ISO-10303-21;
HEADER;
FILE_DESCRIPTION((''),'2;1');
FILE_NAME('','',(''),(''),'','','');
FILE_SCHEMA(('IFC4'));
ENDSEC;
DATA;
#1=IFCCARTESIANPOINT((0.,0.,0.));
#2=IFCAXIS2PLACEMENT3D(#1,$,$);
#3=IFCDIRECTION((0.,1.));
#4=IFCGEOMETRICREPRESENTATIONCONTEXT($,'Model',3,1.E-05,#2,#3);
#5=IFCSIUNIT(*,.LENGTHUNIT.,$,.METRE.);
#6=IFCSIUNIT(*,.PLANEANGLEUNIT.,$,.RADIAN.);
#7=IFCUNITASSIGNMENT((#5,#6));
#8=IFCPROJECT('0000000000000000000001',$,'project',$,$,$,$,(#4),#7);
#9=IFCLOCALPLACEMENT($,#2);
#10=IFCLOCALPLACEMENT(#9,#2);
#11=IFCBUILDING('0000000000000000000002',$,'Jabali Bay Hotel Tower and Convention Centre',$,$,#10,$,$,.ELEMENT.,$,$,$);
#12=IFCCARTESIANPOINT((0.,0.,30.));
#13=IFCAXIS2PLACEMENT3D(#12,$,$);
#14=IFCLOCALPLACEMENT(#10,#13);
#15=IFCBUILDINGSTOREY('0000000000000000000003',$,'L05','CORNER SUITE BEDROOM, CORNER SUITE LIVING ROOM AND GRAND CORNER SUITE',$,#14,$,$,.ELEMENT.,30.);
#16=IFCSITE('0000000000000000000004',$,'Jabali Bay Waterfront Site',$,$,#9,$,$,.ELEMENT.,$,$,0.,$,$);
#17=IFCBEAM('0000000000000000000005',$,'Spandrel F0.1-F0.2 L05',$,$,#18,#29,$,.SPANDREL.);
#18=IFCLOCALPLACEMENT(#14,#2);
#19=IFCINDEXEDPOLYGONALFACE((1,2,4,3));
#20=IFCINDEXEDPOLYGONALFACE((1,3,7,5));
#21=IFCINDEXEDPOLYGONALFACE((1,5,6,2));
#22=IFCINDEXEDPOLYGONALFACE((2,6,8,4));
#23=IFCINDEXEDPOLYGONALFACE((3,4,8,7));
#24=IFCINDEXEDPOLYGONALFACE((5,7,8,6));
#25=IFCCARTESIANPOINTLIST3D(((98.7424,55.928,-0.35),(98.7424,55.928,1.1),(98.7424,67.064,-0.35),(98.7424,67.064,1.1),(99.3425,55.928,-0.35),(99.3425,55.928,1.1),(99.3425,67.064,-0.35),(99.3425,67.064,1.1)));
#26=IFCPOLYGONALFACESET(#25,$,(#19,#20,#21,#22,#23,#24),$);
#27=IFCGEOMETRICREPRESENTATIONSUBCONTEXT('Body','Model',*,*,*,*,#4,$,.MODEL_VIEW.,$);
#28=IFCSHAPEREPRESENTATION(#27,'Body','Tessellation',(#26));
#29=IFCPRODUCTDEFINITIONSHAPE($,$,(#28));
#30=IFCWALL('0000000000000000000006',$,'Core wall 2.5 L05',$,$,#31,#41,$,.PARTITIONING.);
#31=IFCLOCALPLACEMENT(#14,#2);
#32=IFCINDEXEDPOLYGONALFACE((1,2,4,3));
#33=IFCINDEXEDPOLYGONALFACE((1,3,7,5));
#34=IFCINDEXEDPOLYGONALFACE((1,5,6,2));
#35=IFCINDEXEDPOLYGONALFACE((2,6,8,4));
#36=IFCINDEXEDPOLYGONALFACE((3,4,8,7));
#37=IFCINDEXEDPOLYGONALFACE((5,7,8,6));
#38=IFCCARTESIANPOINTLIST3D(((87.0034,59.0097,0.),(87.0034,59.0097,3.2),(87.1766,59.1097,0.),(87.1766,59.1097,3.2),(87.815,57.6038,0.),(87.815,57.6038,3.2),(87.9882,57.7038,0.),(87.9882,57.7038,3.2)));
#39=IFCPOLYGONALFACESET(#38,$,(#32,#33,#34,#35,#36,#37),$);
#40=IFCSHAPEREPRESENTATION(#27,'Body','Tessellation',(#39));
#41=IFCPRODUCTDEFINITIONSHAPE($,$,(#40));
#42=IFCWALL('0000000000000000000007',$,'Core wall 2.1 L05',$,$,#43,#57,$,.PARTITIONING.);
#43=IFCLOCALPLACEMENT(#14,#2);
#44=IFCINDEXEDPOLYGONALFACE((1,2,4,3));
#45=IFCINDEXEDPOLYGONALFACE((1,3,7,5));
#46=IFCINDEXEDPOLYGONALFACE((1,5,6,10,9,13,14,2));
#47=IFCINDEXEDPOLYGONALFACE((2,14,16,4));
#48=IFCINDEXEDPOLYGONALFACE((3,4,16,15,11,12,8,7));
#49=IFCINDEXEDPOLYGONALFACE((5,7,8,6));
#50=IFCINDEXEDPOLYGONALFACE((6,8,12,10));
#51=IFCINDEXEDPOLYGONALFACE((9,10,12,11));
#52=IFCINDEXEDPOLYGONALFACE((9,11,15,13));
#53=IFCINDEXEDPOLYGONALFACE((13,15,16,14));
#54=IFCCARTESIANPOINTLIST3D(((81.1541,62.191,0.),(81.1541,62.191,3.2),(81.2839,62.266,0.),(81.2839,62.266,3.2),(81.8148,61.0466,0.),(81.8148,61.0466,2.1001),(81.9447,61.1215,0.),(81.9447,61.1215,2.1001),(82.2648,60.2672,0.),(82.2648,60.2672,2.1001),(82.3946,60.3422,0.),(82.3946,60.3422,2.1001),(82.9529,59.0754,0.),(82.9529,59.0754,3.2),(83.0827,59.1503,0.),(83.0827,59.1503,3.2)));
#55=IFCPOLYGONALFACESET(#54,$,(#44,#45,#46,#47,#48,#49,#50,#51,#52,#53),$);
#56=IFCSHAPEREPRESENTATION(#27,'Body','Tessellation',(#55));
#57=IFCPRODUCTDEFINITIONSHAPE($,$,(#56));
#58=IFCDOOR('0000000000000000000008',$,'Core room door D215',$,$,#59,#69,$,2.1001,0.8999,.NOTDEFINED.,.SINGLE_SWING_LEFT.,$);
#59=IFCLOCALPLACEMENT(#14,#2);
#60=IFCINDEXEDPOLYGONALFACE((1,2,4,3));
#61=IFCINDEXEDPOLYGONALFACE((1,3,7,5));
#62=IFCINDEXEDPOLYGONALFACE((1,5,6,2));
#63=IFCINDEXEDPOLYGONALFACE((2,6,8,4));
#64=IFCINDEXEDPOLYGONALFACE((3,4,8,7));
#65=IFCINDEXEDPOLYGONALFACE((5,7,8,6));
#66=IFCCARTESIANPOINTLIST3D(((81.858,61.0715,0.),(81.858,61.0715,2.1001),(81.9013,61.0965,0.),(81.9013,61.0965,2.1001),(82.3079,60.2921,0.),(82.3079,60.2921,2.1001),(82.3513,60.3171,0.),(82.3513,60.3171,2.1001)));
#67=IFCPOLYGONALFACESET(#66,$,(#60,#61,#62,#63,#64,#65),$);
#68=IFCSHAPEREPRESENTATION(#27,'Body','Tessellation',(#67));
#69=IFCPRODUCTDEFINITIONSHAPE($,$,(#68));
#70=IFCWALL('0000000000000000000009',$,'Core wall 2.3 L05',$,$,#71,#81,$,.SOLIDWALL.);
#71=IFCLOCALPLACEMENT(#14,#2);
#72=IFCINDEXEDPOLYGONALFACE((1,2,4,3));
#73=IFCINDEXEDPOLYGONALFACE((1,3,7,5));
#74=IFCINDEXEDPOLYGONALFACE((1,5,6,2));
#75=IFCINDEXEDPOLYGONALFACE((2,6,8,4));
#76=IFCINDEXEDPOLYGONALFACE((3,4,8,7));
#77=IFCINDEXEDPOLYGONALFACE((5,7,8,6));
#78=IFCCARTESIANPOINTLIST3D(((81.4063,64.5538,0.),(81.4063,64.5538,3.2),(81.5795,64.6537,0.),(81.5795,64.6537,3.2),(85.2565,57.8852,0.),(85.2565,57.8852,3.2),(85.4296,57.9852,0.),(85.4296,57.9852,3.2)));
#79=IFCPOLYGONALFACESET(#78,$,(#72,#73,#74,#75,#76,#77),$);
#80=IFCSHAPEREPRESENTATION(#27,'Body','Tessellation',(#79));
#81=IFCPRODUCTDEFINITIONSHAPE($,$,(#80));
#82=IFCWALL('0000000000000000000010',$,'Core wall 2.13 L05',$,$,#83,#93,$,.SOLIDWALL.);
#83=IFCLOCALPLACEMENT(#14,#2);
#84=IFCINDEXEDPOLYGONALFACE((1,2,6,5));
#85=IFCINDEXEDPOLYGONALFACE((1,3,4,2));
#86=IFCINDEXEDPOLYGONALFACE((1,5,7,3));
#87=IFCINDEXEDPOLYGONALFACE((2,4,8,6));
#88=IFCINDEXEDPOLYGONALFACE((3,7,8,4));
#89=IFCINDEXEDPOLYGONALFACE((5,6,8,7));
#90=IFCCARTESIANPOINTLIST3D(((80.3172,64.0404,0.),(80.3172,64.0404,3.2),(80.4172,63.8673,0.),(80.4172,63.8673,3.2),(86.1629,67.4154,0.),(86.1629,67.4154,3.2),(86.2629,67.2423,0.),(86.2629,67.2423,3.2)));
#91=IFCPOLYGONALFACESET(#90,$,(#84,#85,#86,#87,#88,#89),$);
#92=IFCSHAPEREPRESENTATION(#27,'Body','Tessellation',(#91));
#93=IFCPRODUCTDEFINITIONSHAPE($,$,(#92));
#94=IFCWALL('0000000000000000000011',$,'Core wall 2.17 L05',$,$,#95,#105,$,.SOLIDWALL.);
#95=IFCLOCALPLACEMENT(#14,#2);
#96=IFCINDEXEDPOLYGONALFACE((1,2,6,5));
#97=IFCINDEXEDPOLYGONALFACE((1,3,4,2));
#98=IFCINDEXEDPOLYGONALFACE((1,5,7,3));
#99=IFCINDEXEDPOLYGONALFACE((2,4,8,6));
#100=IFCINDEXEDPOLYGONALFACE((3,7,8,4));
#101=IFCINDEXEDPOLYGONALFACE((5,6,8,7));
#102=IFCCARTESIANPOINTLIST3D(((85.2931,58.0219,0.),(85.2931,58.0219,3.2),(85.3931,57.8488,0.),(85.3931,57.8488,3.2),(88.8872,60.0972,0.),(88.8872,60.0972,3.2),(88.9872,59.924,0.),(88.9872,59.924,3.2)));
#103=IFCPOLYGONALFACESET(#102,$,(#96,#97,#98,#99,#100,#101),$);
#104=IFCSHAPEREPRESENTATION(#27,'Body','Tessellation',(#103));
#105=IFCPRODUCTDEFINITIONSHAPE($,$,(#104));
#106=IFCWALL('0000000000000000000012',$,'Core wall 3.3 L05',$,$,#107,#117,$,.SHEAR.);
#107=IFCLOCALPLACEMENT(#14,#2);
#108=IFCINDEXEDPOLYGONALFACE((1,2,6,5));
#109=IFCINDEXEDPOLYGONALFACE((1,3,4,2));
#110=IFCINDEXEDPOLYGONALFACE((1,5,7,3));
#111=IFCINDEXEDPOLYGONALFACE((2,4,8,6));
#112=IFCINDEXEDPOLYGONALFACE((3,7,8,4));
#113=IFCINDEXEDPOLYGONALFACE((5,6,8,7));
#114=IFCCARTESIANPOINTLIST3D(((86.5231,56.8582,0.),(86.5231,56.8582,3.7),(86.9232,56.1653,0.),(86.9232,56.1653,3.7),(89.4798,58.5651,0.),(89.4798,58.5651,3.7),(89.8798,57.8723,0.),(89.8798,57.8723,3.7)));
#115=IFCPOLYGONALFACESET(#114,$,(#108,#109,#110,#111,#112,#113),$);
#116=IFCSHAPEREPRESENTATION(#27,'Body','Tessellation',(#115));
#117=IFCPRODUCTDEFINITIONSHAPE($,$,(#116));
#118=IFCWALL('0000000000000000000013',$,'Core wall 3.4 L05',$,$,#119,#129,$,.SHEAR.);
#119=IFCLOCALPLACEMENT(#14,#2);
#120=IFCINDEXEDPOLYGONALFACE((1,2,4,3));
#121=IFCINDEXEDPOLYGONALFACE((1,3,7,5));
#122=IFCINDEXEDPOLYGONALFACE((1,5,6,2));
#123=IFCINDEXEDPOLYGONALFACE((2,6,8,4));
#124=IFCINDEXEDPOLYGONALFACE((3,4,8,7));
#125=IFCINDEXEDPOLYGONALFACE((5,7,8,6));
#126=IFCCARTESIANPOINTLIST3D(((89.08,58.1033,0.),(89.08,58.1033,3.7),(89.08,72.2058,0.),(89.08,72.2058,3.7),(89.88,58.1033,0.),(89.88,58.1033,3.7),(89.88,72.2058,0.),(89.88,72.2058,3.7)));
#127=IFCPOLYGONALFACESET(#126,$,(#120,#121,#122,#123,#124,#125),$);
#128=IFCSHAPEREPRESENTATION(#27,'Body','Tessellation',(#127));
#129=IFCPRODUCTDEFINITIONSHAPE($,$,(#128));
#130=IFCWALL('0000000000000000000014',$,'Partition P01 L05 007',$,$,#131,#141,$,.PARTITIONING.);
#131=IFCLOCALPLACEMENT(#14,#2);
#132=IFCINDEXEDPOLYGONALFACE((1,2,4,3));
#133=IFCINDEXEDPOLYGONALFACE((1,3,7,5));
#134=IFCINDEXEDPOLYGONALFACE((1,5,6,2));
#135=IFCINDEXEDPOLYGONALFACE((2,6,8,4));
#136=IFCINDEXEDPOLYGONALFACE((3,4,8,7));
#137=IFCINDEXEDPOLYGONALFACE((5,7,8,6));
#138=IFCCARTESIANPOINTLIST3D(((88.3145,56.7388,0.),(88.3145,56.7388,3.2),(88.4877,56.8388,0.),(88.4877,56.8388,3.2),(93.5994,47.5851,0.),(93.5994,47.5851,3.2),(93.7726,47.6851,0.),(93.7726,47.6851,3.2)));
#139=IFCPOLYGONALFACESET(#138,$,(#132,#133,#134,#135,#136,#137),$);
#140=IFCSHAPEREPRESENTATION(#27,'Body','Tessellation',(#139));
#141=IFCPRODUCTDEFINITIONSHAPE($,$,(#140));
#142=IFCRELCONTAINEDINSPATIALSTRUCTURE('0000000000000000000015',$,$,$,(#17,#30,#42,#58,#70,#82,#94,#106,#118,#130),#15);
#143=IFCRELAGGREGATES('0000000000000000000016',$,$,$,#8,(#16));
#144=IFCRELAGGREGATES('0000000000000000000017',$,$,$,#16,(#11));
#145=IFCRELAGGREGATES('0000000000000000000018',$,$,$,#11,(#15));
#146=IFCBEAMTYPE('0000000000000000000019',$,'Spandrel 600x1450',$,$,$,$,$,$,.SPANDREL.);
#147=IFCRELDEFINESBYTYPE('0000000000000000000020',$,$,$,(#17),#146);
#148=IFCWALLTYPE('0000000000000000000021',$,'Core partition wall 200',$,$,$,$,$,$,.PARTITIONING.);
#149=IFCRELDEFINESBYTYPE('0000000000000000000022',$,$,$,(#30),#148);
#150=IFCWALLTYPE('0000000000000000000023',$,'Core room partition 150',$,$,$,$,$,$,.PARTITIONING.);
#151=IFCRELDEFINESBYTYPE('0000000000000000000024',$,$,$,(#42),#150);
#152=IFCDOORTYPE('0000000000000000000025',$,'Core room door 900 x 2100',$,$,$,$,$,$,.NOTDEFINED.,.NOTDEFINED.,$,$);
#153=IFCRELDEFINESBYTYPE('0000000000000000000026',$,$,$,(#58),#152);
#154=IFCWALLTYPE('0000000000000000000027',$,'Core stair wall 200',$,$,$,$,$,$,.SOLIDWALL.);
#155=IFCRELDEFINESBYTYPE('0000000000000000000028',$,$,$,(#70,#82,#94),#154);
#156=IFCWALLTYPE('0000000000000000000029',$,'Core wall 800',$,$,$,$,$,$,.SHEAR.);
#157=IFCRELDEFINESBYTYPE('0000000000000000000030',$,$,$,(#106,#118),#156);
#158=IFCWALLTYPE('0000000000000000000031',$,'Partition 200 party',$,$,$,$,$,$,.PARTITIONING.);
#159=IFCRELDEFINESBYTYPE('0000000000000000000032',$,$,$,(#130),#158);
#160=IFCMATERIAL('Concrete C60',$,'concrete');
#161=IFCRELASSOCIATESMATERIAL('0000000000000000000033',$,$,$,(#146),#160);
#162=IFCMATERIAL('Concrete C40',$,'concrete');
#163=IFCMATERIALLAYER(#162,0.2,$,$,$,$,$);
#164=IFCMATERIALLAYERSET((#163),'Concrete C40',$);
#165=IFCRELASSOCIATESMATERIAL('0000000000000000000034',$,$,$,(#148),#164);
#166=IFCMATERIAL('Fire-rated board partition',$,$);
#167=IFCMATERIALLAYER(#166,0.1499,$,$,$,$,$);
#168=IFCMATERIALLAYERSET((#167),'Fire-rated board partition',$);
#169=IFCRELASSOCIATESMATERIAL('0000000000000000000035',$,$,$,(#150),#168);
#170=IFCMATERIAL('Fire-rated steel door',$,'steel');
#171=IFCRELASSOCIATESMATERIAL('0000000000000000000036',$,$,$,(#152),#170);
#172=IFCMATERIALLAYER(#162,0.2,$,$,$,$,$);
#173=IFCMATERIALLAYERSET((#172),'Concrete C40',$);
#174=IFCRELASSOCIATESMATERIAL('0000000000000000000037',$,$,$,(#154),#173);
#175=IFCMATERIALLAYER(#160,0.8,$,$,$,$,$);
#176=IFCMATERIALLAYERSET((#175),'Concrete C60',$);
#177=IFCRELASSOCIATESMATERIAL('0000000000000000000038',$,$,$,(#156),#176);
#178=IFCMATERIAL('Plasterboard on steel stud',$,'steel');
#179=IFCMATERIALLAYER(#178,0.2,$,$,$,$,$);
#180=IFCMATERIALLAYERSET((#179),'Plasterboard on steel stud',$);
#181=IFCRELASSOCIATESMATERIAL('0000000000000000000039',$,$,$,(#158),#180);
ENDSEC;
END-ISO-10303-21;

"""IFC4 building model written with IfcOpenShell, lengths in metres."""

from ifc_helpers import new_model, si_unit, direction, frame, frame_2d, origin, origin_2d, place, context, subcontext, project, spatial, rectangle, extrude, material, layer, layer_set, material_profile, profile_set, type_object, element, fill, save


model = new_model("IFC4")

# Units and contexts
model_context = context("Model", 3, precision=1e-05, world=origin(), true_north=direction((0.0, 1.0)))
body_context = subcontext(model_context, "Body", "Model", "MODEL_VIEW")
ifc_project = project(units=[si_unit("LENGTHUNIT", "METRE"), si_unit("PLANEANGLEUNIT", "RADIAN")], contexts=[model_context])

# Site, building, storey
site_placement = place(None, origin())
site = spatial("IfcSite", under=ifc_project, at=site_placement, Name="Jabali Bay Waterfront Site", CompositionType="ELEMENT", RefElevation=0.0)
building_placement = place(site_placement, origin())
building = spatial("IfcBuilding", under=site, at=building_placement, Name="Jabali Bay Hotel Tower and Convention Centre", CompositionType="ELEMENT")
storey_placement = place(building_placement, frame((0.0, 0.0, 30.0)))
storey = spatial("IfcBuildingStorey", under=building, at=storey_placement, Name="L05", Description="CORNER SUITE BEDROOM, CORNER SUITE LIVING ROOM AND GRAND CORNER SUITE", CompositionType="ELEMENT", Elevation=30.0)

# Beam
ifc_material_1 = material(Name="Concrete C60", Category="concrete")
ifc_material_profile = material_profile(ifc_material_1, rectangle(XDim=0.6001, YDim=1.45, at=origin_2d()), Name="Spandrel 600x1450")
ifc_profile_set = profile_set([ifc_material_profile], Name="Concrete C60")
beam_type = type_object("IfcBeamType", Name="Spandrel 600x1450", PredefinedType="SPANDREL", material=ifc_profile_set)
beam_placement = place(storey_placement, frame((99.0425, 55.928, 0.375), z_axis=(0.0, 1.0, 0.0), x_axis=(-1.0, 0.0, 0.0)))
element("IfcBeam", 1, at=beam_placement, inside=storey, type_object=beam_type, Name="Spandrel F0.1-F0.2 L05", PredefinedType="SPANDREL", context=body_context, shape_type="SweptSolid", body=[
    extrude(rectangle(XDim=0.6001, YDim=1.45, at=origin_2d()), origin(), (0.0, 0.0, 1.0), 11.136),
])

# Wall
ifc_material_2 = material(Name="Concrete C40", Category="concrete")
ifc_layer_1 = layer(ifc_material_2, 0.2)
ifc_layer_set_1 = layer_set([ifc_layer_1], Name="Concrete C40")
wall_type_1 = type_object("IfcWallType", Name="Core partition wall 200", PredefinedType="PARTITIONING", material=ifc_layer_set_1)
wall_1_placement = place(storey_placement, frame((87.0901, 59.0596, 0.0), z_axis=(0.0, 0.0, 1.0), x_axis=(0.499957, -0.86605, 0.0)))
element("IfcWall", 2, at=wall_1_placement, inside=storey, type_object=wall_type_1, Name="Core wall 2.5 L05", PredefinedType="PARTITIONING", context=body_context, shape_type="SweptSolid", body=[
    extrude(rectangle(XDim=1.6233, YDim=0.2, at=frame_2d((0.8115, 0.0))), origin(), (0.0, 0.0, 1.0), 3.2),
])

# Wall, opening, door
ifc_material_3 = material(Name="Fire-rated board partition")
ifc_layer_2 = layer(ifc_material_3, 0.1499)
ifc_layer_set_2 = layer_set([ifc_layer_2], Name="Fire-rated board partition")
wall_type_2 = type_object("IfcWallType", Name="Core room partition 150", PredefinedType="PARTITIONING", material=ifc_layer_set_2)
wall_2_placement = place(storey_placement, frame((81.219, 62.2285, 0.0), z_axis=(0.0, 0.0, 1.0), x_axis=(0.499993, -0.86603, 0.0)))
wall_2 = element("IfcWall", 3, at=wall_2_placement, inside=storey, type_object=wall_type_2, Name="Core wall 2.1 L05", PredefinedType="PARTITIONING", context=body_context, shape_type="SweptSolid", body=[
    extrude(rectangle(XDim=3.5977, YDim=0.1499, at=frame_2d((1.7988, 0.0))), origin(), (0.0, 0.0, 1.0), 3.2),
])
opening_placement = place(wall_2_placement, frame((1.3215, 0.0, 0.0)))
opening = element("IfcOpeningElement", 4, at=opening_placement, cuts=wall_2, PredefinedType="OPENING", context=body_context, shape_type="SweptSolid", body=[
    extrude(rectangle(XDim=0.8999, YDim=2.1001, at=frame_2d((0.45, 1.05))), frame((0.0, 0.0854, 0.0), z_axis=(0.0, -1.0, 0.0), x_axis=(1.0, 0.0, 0.0)), (0.0, 0.0, 1.0), 0.1709),
])
ifc_material_4 = material(Name="Fire-rated steel door", Category="steel")
door_type = type_object("IfcDoorType", Name="Core room door 900 x 2100", OperationType="NOTDEFINED", PredefinedType="NOTDEFINED", material=ifc_material_4)
door_placement = place(opening_placement, origin())
door = element("IfcDoor", 5, at=door_placement, inside=storey, type_object=door_type, Name="Core room door D215", OperationType="SINGLE_SWING_LEFT", OverallHeight=2.1001, OverallWidth=0.8999, PredefinedType="NOTDEFINED", context=body_context, shape_type="SweptSolid", body=[
    extrude(rectangle(XDim=0.8999, YDim=2.1001, at=frame_2d((0.45, 1.05))), frame((0.0, 0.0249, 0.0), z_axis=(0.0, -1.0, 0.0), x_axis=(1.0, 0.0, 0.0)), (0.0, 0.0, 1.0), 0.05),
])
fill(opening, door)

# Walls
ifc_layer_3 = layer(ifc_material_2, 0.2)
ifc_layer_set_3 = layer_set([ifc_layer_3], Name="Concrete C40")
wall_type_3 = type_object("IfcWallType", Name="Core stair wall 200", PredefinedType="SOLIDWALL", material=ifc_layer_set_3)
wall_3_placement = place(storey_placement, frame((81.4929, 64.6038, 0.0), z_axis=(0.0, 0.0, 1.0), x_axis=(0.500006, -0.866022, 0.0)))
element("IfcWall", 6, at=wall_3_placement, inside=storey, type_object=wall_type_3, Name="Core wall 2.3 L05", PredefinedType="SOLIDWALL", context=body_context, shape_type="SweptSolid", body=[
    extrude(rectangle(XDim=7.7002, YDim=0.2, at=frame_2d((3.8501, 0.0))), origin(), (0.0, 0.0, 1.0), 3.2),
])
wall_4_placement = place(storey_placement, frame((80.3672, 63.9539, 0.0), z_axis=(0.0, 0.0, 1.0), x_axis=(0.866027, 0.499998, 0.0)))
element("IfcWall", 7, at=wall_4_placement, inside=storey, type_object=wall_type_3, Name="Core wall 2.13 L05", PredefinedType="SOLIDWALL", context=body_context, shape_type="SweptSolid", body=[
    extrude(rectangle(XDim=6.75, YDim=0.2, at=frame_2d((3.375, 0.0))), origin(), (0.0, 0.0, 1.0), 3.2),
])
wall_5_placement = place(storey_placement, frame((85.343, 57.9353, 0.0), z_axis=(0.0, 0.0, 1.0), x_axis=(0.866004, 0.500036, 0.0)))
element("IfcWall", 8, at=wall_5_placement, inside=storey, type_object=wall_type_3, Name="Core wall 2.17 L05", PredefinedType="SOLIDWALL", context=body_context, shape_type="SweptSolid", body=[
    extrude(rectangle(XDim=4.1501, YDim=0.2, at=frame_2d((2.0752, 0.0))), origin(), (0.0, 0.0, 1.0), 3.2),
])
ifc_layer_4 = layer(ifc_material_1, 0.8)
ifc_layer_set_4 = layer_set([ifc_layer_4], Name="Concrete C60")
wall_type_4 = type_object("IfcWallType", Name="Core wall 800", PredefinedType="SHEAR", material=ifc_layer_set_4)
wall_6_placement = place(storey_placement, frame((86.7231, 56.5117, 0.0), z_axis=(0.0, 0.0, 1.0), x_axis=(0.866034, 0.499984, 0.0)))
element("IfcWall", 9, at=wall_6_placement, inside=storey, type_object=wall_type_4, Name="Core wall 3.3 L05", PredefinedType="SHEAR", context=body_context, shape_type="SweptSolid", body=[
    extrude(rectangle(XDim=3.4141, YDim=0.8, at=frame_2d((1.707, 0.0))), origin(), (0.0, 0.0, 1.0), 3.7),
])
wall_7_placement = place(storey_placement, frame((89.48, 58.1033, 0.0), z_axis=(0.0, 0.0, 1.0), x_axis=(0.0, 1.0, 0.0)))
element("IfcWall", 10, at=wall_7_placement, inside=storey, type_object=wall_type_4, Name="Core wall 3.4 L05", PredefinedType="SHEAR", context=body_context, shape_type="SweptSolid", body=[
    extrude(rectangle(XDim=14.1025, YDim=0.8, at=frame_2d((7.0513, 0.0))), origin(), (0.0, 0.0, 1.0), 3.7),
])
ifc_material_5 = material(Name="Plasterboard on steel stud", Category="steel")
ifc_layer_5 = layer(ifc_material_5, 0.2)
ifc_layer_set_5 = layer_set([ifc_layer_5], Name="Plasterboard on steel stud")
wall_type_5 = type_object("IfcWallType", Name="Partition 200 party", PredefinedType="PARTITIONING", material=ifc_layer_set_5)
wall_8_placement = place(storey_placement, frame((88.4011, 56.7888, 0.0), z_axis=(0.0, 0.0, 1.0), x_axis=(0.499997, -0.866027, 0.0)))
element("IfcWall", 11, at=wall_8_placement, inside=storey, type_object=wall_type_5, Name="Partition P01 L05 007", PredefinedType="PARTITIONING", context=body_context, shape_type="SweptSolid", body=[
    extrude(rectangle(XDim=10.5698, YDim=0.2, at=frame_2d((5.2849, 0.0))), origin(), (0.0, 0.0, 1.0), 3.2),
])

save(model, "model.ifc")
